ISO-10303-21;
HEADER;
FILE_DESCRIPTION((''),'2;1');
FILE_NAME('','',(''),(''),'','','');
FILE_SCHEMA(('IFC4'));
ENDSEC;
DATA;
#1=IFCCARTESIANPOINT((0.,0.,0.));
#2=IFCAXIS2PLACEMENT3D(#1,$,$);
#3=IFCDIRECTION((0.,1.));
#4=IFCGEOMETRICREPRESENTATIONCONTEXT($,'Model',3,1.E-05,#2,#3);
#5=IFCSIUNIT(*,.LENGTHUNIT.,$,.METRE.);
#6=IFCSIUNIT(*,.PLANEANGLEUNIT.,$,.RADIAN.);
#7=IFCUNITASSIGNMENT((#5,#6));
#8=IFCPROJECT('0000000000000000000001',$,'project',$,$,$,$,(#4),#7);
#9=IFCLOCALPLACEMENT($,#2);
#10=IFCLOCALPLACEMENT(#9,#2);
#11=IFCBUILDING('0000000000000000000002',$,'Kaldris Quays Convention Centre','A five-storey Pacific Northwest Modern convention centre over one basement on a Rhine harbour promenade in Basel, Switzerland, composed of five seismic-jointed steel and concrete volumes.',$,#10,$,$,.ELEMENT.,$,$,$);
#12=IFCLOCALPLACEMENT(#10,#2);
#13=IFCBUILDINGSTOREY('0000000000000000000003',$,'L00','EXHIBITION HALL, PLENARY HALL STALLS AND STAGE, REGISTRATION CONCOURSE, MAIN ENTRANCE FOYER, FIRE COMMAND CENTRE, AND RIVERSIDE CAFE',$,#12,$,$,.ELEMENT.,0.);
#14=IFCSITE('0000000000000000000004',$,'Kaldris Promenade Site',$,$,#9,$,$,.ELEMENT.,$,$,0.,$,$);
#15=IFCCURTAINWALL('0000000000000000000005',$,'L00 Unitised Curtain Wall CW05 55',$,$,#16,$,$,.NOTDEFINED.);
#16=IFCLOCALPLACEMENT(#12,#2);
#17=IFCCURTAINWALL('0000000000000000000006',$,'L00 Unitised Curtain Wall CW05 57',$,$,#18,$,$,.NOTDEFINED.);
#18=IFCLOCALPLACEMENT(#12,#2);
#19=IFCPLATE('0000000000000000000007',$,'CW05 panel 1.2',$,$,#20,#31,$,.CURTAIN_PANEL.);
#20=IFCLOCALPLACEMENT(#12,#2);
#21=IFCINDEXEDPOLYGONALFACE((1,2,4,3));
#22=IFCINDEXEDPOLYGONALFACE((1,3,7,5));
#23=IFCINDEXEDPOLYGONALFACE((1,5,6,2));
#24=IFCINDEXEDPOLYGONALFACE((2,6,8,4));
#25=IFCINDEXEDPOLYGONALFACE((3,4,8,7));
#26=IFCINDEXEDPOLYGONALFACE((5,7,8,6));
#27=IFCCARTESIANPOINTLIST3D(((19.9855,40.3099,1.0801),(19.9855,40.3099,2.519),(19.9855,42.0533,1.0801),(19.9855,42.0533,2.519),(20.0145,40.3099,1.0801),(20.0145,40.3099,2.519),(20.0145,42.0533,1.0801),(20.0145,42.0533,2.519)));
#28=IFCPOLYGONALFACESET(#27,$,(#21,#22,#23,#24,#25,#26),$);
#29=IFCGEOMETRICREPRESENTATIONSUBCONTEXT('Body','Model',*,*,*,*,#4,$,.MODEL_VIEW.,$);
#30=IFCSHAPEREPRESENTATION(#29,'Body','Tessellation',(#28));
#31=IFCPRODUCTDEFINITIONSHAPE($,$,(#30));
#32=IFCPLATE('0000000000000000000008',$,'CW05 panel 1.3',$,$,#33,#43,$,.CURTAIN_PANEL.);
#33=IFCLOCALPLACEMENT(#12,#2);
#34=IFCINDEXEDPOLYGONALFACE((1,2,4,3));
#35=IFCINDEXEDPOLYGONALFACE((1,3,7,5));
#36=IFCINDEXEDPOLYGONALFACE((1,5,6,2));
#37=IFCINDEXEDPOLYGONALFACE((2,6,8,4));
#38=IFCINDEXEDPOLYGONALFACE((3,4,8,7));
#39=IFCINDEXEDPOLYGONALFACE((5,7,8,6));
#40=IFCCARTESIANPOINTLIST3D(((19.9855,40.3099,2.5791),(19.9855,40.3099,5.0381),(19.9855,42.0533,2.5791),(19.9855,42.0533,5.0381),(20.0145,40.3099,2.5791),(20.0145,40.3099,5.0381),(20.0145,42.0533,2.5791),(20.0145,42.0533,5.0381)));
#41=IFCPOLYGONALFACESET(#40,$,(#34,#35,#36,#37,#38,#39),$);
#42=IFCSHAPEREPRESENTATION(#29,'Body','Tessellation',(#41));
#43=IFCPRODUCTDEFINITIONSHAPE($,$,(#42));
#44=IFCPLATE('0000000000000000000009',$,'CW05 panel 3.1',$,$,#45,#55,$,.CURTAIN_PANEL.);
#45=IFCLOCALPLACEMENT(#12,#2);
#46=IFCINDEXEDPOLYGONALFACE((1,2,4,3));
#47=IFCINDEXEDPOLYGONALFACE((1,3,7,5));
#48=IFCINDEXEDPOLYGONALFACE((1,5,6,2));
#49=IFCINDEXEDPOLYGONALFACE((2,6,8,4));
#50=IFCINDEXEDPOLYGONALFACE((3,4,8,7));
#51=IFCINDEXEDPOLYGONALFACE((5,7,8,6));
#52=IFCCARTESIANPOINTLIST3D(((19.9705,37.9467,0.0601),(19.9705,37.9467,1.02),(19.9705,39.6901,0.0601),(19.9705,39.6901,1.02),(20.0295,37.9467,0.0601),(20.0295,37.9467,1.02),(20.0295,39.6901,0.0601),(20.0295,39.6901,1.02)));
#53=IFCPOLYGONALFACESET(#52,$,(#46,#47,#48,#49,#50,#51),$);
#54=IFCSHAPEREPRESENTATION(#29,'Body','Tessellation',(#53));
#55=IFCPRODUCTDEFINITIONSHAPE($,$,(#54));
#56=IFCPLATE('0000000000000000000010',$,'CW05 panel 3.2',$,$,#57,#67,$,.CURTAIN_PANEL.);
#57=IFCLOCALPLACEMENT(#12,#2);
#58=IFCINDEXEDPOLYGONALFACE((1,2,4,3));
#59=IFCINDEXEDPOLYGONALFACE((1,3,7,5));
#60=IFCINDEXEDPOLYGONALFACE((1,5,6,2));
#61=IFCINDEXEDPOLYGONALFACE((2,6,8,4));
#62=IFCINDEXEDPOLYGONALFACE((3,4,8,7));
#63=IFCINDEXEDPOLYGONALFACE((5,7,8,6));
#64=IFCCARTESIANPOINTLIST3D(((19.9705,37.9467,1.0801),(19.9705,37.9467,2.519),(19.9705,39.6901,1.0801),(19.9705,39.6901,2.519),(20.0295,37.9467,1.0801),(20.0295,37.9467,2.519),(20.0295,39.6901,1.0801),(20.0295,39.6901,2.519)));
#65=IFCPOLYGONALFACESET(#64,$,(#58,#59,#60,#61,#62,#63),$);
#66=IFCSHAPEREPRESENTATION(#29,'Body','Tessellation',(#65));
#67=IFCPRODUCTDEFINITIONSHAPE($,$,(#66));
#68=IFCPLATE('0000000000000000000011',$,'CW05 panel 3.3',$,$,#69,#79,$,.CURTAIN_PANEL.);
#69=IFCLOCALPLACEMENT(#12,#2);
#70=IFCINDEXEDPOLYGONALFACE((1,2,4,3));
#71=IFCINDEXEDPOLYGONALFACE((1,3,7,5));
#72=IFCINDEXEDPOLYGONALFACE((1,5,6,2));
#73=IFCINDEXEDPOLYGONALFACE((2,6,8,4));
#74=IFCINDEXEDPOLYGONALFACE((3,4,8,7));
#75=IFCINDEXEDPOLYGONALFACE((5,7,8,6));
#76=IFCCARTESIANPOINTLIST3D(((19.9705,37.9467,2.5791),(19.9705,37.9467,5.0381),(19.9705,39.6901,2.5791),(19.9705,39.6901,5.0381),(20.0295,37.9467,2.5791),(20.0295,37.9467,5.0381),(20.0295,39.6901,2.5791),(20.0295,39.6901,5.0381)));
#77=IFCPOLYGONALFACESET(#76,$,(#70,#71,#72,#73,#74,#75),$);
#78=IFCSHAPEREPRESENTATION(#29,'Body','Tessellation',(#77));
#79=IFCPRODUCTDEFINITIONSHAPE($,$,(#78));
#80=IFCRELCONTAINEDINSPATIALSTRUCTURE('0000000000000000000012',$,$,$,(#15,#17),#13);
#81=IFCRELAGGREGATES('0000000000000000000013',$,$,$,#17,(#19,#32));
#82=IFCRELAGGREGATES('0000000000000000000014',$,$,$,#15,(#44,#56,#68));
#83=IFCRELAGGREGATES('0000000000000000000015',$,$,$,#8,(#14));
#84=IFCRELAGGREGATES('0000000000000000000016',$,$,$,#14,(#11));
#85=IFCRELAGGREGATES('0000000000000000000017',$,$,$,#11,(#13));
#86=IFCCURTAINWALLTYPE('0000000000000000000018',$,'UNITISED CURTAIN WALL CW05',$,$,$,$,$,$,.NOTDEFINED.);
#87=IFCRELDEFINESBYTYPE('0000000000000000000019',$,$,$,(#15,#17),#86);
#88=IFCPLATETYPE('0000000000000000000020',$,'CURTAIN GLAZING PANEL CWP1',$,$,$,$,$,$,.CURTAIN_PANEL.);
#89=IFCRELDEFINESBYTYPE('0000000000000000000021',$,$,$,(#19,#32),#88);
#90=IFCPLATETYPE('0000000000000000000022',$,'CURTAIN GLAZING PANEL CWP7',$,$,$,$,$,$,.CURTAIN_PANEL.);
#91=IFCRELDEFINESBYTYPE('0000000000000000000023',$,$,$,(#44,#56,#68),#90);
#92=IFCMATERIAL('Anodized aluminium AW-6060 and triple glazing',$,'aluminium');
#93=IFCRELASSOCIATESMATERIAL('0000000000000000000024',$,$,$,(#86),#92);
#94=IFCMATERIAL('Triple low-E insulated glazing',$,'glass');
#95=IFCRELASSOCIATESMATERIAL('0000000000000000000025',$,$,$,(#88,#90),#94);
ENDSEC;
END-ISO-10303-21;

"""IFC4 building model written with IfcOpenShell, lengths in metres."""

from ifc_helpers import new_model, si_unit, direction, frame, origin, origin_2d, place, context, subcontext, project, spatial, rectangle, extrude, material, type_object, element, aggregate, save


model = new_model("IFC4")

# Units and contexts
model_context = context("Model", 3, precision=1e-05, world=origin(), true_north=direction((0.0, 1.0)))
body_context = subcontext(model_context, "Body", "Model", "MODEL_VIEW")
ifc_project = project(units=[si_unit("LENGTHUNIT", "METRE"), si_unit("PLANEANGLEUNIT", "RADIAN")], contexts=[model_context])

# Site, building, storey
site_placement = place(None, origin())
site = spatial("IfcSite", under=ifc_project, at=site_placement, Name="Kaldris Promenade Site", CompositionType="ELEMENT", RefElevation=0.0)
building_placement = place(site_placement, origin())
building = spatial("IfcBuilding", under=site, at=building_placement, Name="Kaldris Quays Convention Centre", Description="A five-storey Pacific Northwest Modern convention centre over one basement on a Rhine harbour promenade in Basel, Switzerland, composed of five seismic-jointed steel and concrete volumes.", CompositionType="ELEMENT")
storey_placement = place(building_placement, origin())
storey = spatial("IfcBuildingStorey", under=building, at=storey_placement, Name="L00", Description="EXHIBITION HALL, PLENARY HALL STALLS AND STAGE, REGISTRATION CONCOURSE, MAIN ENTRANCE FOYER, FIRE COMMAND CENTRE, AND RIVERSIDE CAFE", CompositionType="ELEMENT", Elevation=0.0)

# Curtain wall
ifc_material_1 = material(Name="Anodized aluminium AW-6060 and triple glazing", Category="aluminium")
curtain_wall_type = type_object("IfcCurtainWallType", Name="UNITISED CURTAIN WALL CW05", PredefinedType="NOTDEFINED", material=ifc_material_1)
curtain_wall_1_placement = place(storey_placement, origin())
curtain_wall_1 = element("IfcCurtainWall", 1, at=curtain_wall_1_placement, inside=storey, type_object=curtain_wall_type, Name="L00 Unitised Curtain Wall CW05 55", PredefinedType="NOTDEFINED")

# Curtain wall
curtain_wall_2_placement = place(storey_placement, origin())
curtain_wall_2 = element("IfcCurtainWall", 2, at=curtain_wall_2_placement, inside=storey, type_object=curtain_wall_type, Name="L00 Unitised Curtain Wall CW05 57", PredefinedType="NOTDEFINED")

# Plates
ifc_material_2 = material(Name="Triple low-E insulated glazing", Category="glass")
plate_type_1 = type_object("IfcPlateType", Name="CURTAIN GLAZING PANEL CWP1", PredefinedType="CURTAIN_PANEL", material=ifc_material_2)
plate_1_placement = place(storey_placement, frame((20.0, 41.1816, 1.0801), z_axis=(0.0, 0.0, 1.0), x_axis=(0.0, 1.0, 0.0)))
plate_1 = element("IfcPlate", 3, at=plate_1_placement, type_object=plate_type_1, Name="CW05 panel 1.2", PredefinedType="CURTAIN_PANEL", context=body_context, shape_type="SweptSolid", body=[
    extrude(rectangle(XDim=1.7434, YDim=0.0291, at=origin_2d()), origin(), (0.0, 0.0, 1.0), 1.439),
])
plate_2_placement = place(storey_placement, frame((20.0, 41.1816, 2.5791), z_axis=(0.0, 0.0, 1.0), x_axis=(0.0, 1.0, 0.0)))
plate_2 = element("IfcPlate", 4, at=plate_2_placement, type_object=plate_type_1, Name="CW05 panel 1.3", PredefinedType="CURTAIN_PANEL", context=body_context, shape_type="SweptSolid", body=[
    extrude(rectangle(XDim=1.7434, YDim=0.0291, at=origin_2d()), origin(), (0.0, 0.0, 1.0), 2.459),
])
aggregate(curtain_wall_2, [plate_1, plate_2])
plate_type_2 = type_object("IfcPlateType", Name="CURTAIN GLAZING PANEL CWP7", PredefinedType="CURTAIN_PANEL", material=ifc_material_2)
plate_3_placement = place(storey_placement, frame((20.0, 38.8184, 0.0601), z_axis=(0.0, 0.0, 1.0), x_axis=(0.0, 1.0, 0.0)))
plate_3 = element("IfcPlate", 5, at=plate_3_placement, type_object=plate_type_2, Name="CW05 panel 3.1", PredefinedType="CURTAIN_PANEL", context=body_context, shape_type="SweptSolid", body=[
    extrude(rectangle(XDim=1.7434, YDim=0.0591, at=origin_2d()), origin(), (0.0, 0.0, 1.0), 0.96),
])
plate_4_placement = place(storey_placement, frame((20.0, 38.8184, 1.0801), z_axis=(0.0, 0.0, 1.0), x_axis=(0.0, 1.0, 0.0)))
plate_4 = element("IfcPlate", 6, at=plate_4_placement, type_object=plate_type_2, Name="CW05 panel 3.2", PredefinedType="CURTAIN_PANEL", context=body_context, shape_type="SweptSolid", body=[
    extrude(rectangle(XDim=1.7434, YDim=0.0591, at=origin_2d()), origin(), (0.0, 0.0, 1.0), 1.439),
])
plate_5_placement = place(storey_placement, frame((20.0, 38.8184, 2.5791), z_axis=(0.0, 0.0, 1.0), x_axis=(0.0, 1.0, 0.0)))
plate_5 = element("IfcPlate", 7, at=plate_5_placement, type_object=plate_type_2, Name="CW05 panel 3.3", PredefinedType="CURTAIN_PANEL", context=body_context, shape_type="SweptSolid", body=[
    extrude(rectangle(XDim=1.7434, YDim=0.0591, at=origin_2d()), origin(), (0.0, 0.0, 1.0), 2.459),
])
aggregate(curtain_wall_1, [plate_3, plate_4, plate_5])

save(model, "model.ifc")
